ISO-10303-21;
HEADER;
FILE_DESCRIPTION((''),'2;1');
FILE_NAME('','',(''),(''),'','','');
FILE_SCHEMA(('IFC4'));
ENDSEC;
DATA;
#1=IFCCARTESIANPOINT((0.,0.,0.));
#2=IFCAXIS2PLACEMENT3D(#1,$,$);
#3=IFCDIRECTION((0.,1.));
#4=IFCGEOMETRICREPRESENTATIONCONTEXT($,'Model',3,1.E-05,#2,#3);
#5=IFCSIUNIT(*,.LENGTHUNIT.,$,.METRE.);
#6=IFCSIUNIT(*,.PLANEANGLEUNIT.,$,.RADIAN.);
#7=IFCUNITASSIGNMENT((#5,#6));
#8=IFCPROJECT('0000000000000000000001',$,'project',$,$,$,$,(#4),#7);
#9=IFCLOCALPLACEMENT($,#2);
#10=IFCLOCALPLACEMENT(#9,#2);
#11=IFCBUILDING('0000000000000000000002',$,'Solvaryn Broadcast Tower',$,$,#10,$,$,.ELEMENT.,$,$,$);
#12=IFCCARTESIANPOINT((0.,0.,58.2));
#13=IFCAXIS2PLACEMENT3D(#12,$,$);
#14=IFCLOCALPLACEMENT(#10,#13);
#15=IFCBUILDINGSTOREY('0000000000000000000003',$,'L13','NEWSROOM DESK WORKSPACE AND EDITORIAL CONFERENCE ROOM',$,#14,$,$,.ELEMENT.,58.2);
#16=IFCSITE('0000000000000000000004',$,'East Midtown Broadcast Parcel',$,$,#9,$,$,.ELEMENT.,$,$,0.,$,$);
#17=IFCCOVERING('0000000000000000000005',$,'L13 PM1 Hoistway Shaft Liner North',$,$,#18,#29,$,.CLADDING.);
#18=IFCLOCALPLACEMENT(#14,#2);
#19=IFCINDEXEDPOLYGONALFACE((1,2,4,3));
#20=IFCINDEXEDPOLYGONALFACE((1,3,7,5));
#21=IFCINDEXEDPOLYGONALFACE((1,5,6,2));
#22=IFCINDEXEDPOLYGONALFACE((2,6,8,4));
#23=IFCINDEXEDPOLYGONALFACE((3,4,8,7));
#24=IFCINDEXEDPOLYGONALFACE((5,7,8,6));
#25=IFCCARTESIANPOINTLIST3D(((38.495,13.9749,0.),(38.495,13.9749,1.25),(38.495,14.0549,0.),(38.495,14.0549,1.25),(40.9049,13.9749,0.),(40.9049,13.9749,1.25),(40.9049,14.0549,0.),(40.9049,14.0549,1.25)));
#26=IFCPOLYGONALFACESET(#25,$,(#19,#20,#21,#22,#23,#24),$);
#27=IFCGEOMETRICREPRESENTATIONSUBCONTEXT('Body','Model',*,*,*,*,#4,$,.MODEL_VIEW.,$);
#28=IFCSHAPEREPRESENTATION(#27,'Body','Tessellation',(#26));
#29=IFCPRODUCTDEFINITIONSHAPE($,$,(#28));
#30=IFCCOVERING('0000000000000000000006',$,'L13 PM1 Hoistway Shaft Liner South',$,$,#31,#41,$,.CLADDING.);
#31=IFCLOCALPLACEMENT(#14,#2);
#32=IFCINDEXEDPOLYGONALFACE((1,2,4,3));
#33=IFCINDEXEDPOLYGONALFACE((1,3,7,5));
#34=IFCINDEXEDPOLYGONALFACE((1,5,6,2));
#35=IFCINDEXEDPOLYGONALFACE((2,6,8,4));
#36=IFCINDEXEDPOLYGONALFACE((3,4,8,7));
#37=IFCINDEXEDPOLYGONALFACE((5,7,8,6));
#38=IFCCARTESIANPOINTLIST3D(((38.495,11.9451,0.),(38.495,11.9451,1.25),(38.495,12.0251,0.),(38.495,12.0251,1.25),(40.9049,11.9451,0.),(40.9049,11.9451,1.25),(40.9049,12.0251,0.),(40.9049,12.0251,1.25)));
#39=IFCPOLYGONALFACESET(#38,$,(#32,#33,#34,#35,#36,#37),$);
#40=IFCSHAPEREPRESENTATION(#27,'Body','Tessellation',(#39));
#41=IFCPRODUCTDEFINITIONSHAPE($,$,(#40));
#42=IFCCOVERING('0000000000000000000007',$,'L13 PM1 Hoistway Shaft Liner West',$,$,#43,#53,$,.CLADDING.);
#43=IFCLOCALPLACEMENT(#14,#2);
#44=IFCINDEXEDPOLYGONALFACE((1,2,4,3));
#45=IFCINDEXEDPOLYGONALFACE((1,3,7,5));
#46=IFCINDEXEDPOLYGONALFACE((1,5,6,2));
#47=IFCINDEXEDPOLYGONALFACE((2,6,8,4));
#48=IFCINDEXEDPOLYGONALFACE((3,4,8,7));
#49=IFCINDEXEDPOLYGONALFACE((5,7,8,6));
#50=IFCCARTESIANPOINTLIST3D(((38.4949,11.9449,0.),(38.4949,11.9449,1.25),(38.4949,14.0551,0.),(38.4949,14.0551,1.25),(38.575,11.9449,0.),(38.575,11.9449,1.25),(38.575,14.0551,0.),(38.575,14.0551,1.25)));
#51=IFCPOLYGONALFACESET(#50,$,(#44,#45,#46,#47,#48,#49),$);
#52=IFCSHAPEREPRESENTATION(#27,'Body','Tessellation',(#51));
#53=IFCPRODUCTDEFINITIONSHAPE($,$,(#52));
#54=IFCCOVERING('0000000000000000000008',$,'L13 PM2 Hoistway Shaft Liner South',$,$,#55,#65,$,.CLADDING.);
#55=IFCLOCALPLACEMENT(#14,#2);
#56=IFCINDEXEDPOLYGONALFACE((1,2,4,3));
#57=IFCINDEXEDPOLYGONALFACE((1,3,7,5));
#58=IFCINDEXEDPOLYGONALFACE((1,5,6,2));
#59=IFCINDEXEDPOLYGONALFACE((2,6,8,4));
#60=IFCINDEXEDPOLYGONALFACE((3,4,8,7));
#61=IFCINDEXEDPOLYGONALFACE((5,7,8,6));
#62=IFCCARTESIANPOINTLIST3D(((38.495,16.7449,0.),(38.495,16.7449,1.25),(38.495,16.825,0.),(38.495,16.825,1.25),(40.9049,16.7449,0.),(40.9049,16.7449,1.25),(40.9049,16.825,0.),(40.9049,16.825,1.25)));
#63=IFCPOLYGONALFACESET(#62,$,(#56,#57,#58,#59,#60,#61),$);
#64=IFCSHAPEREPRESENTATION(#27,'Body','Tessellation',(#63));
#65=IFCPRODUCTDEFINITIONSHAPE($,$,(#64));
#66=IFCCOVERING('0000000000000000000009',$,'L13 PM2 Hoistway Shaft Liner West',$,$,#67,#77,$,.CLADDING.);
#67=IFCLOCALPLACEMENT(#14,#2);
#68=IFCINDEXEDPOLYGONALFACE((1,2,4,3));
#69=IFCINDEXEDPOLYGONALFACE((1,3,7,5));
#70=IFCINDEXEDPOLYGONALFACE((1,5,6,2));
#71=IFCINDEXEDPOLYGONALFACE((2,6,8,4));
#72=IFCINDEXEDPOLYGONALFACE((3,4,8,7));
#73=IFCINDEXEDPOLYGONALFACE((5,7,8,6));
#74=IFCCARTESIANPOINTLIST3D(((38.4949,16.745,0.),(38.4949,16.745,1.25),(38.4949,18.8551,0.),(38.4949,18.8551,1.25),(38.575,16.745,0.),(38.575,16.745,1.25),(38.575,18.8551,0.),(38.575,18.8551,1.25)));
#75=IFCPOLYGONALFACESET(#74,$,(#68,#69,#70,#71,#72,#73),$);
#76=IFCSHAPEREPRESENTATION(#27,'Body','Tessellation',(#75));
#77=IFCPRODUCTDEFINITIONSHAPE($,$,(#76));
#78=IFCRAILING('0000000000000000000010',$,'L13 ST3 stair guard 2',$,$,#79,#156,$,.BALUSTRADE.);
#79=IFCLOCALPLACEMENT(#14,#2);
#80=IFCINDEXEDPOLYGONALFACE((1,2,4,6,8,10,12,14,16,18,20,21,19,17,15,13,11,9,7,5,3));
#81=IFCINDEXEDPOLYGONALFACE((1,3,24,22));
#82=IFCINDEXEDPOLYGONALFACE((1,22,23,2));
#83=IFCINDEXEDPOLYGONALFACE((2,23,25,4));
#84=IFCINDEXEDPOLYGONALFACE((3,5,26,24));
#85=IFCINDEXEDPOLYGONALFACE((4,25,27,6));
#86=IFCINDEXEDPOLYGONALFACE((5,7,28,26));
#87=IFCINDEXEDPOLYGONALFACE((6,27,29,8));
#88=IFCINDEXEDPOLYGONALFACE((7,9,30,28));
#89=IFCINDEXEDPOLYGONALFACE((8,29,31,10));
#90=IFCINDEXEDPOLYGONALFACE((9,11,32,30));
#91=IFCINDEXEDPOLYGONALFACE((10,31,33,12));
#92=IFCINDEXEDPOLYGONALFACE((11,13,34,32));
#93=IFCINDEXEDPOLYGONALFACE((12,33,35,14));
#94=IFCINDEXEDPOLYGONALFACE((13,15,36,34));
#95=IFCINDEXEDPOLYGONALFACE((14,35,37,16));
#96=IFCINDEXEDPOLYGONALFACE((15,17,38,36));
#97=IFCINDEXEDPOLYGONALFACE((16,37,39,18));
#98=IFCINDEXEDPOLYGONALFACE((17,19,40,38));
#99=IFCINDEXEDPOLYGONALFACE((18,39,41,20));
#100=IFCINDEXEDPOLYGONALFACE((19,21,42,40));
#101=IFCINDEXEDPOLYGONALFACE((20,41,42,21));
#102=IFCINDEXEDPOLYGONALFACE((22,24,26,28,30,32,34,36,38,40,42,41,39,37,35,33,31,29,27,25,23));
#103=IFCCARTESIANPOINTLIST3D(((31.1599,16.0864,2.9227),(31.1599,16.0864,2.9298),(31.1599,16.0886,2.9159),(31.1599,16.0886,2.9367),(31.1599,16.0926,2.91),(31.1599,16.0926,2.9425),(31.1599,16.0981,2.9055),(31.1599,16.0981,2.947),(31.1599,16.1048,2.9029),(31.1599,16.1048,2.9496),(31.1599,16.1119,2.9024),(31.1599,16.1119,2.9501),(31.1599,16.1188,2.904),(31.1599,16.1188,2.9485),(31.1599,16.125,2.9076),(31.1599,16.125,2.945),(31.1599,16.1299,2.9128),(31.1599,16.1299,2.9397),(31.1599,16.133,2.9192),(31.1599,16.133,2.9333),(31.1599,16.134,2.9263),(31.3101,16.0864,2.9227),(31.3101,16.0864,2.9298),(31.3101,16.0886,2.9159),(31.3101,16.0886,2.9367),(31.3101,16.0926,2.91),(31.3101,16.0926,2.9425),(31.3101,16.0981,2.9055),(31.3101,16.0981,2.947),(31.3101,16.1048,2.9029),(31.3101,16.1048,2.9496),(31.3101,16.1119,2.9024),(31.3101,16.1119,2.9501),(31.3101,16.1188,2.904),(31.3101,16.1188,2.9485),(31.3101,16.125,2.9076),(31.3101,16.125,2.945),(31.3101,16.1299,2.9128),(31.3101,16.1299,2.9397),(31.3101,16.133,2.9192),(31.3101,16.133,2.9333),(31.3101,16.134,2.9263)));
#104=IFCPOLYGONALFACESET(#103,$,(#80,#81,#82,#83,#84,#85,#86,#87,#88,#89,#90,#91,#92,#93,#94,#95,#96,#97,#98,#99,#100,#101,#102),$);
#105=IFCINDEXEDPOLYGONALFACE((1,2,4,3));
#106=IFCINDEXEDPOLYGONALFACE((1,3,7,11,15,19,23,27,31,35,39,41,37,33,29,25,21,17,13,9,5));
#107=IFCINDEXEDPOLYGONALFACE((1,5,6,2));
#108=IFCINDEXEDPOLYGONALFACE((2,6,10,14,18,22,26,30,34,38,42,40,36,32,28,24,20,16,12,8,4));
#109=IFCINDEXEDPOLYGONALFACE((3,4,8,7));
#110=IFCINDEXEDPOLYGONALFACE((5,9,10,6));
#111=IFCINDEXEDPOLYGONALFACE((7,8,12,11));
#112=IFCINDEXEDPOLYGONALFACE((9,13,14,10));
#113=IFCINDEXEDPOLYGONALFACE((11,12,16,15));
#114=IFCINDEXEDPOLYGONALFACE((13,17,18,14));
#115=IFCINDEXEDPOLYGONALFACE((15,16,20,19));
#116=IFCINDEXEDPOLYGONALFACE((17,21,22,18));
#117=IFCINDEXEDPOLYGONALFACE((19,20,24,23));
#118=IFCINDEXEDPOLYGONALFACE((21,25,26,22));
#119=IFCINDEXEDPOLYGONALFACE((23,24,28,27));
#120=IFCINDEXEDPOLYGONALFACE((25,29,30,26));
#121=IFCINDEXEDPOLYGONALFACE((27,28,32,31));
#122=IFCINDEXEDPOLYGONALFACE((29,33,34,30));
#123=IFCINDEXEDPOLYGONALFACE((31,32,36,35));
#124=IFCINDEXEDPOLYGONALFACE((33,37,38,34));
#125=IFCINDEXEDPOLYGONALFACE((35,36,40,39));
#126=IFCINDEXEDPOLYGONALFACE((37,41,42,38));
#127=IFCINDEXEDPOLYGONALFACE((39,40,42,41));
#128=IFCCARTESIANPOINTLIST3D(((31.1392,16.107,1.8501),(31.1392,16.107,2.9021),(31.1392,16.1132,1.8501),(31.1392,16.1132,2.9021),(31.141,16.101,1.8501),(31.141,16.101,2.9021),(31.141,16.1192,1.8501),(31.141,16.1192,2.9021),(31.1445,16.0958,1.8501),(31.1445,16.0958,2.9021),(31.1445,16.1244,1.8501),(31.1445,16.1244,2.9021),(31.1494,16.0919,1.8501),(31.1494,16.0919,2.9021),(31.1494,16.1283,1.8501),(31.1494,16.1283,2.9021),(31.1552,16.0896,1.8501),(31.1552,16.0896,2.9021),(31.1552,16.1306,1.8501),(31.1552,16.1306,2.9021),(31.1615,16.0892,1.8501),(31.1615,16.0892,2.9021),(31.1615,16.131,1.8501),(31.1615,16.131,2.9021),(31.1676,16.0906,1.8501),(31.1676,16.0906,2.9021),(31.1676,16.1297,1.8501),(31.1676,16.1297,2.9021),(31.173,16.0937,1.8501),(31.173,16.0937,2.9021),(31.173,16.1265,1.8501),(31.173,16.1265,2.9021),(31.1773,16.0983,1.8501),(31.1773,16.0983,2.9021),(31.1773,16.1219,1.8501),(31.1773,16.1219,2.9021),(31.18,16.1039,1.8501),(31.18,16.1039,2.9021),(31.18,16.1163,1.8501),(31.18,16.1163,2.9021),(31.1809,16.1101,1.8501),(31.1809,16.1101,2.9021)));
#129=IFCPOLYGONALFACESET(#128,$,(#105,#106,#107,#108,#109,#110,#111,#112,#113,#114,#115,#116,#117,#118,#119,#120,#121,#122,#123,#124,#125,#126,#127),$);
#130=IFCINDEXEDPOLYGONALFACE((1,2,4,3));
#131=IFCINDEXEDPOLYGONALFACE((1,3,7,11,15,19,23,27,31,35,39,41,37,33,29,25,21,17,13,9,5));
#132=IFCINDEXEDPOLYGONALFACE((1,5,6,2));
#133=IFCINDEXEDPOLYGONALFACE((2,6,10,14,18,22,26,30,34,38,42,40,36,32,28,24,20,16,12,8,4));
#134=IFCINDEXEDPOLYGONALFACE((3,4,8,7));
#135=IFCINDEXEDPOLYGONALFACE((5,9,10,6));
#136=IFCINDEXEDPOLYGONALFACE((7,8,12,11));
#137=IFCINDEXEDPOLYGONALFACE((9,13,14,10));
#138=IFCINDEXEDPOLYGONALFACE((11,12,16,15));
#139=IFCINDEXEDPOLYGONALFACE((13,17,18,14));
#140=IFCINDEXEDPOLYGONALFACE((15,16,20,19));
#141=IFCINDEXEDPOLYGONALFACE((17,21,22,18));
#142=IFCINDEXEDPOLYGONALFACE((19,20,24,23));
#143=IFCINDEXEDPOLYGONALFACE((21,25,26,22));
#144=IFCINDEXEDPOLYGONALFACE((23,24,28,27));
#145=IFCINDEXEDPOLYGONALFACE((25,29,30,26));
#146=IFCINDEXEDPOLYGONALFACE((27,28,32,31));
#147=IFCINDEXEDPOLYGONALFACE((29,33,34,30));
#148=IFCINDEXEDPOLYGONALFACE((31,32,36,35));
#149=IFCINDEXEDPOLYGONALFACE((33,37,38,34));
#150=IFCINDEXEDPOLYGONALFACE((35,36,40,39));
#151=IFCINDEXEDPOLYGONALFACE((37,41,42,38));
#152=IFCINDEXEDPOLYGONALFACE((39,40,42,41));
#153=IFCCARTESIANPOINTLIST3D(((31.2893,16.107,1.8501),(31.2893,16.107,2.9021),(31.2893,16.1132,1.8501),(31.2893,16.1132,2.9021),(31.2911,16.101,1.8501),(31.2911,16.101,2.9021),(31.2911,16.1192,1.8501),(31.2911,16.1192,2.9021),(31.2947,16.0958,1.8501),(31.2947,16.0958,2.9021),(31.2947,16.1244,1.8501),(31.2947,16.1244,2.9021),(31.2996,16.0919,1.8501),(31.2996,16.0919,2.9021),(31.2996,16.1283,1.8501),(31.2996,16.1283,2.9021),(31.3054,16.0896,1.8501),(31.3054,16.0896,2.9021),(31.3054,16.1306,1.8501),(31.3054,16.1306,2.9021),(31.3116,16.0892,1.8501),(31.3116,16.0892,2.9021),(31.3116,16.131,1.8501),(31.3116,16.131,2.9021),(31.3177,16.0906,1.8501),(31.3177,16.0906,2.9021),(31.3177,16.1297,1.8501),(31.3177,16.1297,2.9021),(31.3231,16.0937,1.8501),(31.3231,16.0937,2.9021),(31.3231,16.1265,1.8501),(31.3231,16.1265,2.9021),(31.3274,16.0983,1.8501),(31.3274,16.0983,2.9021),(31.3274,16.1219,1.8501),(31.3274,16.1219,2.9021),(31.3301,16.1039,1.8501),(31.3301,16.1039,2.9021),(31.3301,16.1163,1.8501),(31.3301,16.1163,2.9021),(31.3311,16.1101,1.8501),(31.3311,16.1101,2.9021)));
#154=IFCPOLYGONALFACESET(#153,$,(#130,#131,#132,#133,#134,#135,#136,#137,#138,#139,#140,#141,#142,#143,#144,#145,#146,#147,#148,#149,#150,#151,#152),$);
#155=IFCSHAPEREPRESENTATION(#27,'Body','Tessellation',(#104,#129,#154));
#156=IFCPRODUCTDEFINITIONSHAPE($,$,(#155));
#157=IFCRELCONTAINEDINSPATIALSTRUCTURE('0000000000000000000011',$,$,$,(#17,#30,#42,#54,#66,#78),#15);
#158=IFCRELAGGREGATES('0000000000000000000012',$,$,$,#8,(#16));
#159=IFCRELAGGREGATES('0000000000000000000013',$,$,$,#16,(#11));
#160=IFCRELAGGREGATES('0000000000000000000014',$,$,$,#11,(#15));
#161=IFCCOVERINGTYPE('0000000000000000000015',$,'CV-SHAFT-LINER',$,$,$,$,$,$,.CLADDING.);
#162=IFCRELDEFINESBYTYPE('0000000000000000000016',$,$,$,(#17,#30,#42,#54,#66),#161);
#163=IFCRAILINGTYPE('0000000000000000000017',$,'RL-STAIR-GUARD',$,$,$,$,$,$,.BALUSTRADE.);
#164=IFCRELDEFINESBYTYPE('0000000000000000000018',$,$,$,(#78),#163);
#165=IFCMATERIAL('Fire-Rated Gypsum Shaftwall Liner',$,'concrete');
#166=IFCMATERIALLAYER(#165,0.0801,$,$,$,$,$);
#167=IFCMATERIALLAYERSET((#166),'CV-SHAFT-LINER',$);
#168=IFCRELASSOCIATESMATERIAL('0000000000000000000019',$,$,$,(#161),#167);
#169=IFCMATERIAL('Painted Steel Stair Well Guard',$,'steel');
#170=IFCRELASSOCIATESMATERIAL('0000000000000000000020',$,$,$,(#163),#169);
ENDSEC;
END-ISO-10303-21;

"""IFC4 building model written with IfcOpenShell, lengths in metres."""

from ifc_helpers import new_model, si_unit, direction, frame, origin, origin_2d, place, context, subcontext, project, spatial, rectangle, circle, extrude, material, layer, layer_set, type_object, element, save


model = new_model("IFC4")

# Units and contexts
model_context = context("Model", 3, precision=1e-05, world=origin(), true_north=direction((0.0, 1.0)))
body_context = subcontext(model_context, "Body", "Model", "MODEL_VIEW")
ifc_project = project(units=[si_unit("LENGTHUNIT", "METRE"), si_unit("PLANEANGLEUNIT", "RADIAN")], contexts=[model_context])

# Site, building, storey
site_placement = place(None, origin())
site = spatial("IfcSite", under=ifc_project, at=site_placement, Name="East Midtown Broadcast Parcel", CompositionType="ELEMENT", RefElevation=0.0)
building_placement = place(site_placement, origin())
building = spatial("IfcBuilding", under=site, at=building_placement, Name="Solvaryn Broadcast Tower", CompositionType="ELEMENT")
storey_placement = place(building_placement, frame((0.0, 0.0, 58.2)))
storey = spatial("IfcBuildingStorey", under=building, at=storey_placement, Name="L13", Description="NEWSROOM DESK WORKSPACE AND EDITORIAL CONFERENCE ROOM", CompositionType="ELEMENT", Elevation=58.2)

# Coverings
ifc_material_1 = material(Name="Fire-Rated Gypsum Shaftwall Liner", Category="concrete")
ifc_layer_1 = layer(ifc_material_1, 0.0801)
ifc_layer_set_1 = layer_set([ifc_layer_1], Name="CV-SHAFT-LINER")
covering_type = type_object("IfcCoveringType", Name="CV-SHAFT-LINER", PredefinedType="CLADDING", material=ifc_layer_set_1)
for number, where, z_axis, x_axis, name in (
    (1, (39.7, 14.0149, 0.0), (0.0, 0.0, 1.0), (1.0, 0.0, 0.0), "L13 PM1 Hoistway Shaft Liner North"),
    (2, (39.7, 11.9851, 0.0), (0.0, 0.0, 1.0), (1.0, 0.0, 0.0), "L13 PM1 Hoistway Shaft Liner South"),
):
    element("IfcCovering", number, at=place(storey_placement, frame(where, z_axis=z_axis, x_axis=x_axis)), inside=storey, type_object=covering_type, Name=name, PredefinedType="CLADDING", context=body_context, shape_type="SweptSolid", body=[
        extrude(rectangle(XDim=2.4099, YDim=0.0801, at=origin_2d()), origin(), (0.0, 0.0, 1.0), 1.25),
    ])
covering_1_placement = place(storey_placement, frame((38.5349, 13.0, 0.0), z_axis=(0.0, 0.0, 1.0), x_axis=(1.0, 0.0, 0.0)))
element("IfcCovering", 3, at=covering_1_placement, inside=storey, type_object=covering_type, Name="L13 PM1 Hoistway Shaft Liner West", PredefinedType="CLADDING", context=body_context, shape_type="SweptSolid", body=[
    extrude(rectangle(XDim=0.0801, YDim=2.1101, at=origin_2d()), origin(), (0.0, 0.0, 1.0), 1.25),
])
covering_2_placement = place(storey_placement, frame((39.7, 16.7849, 0.0), z_axis=(0.0, 0.0, 1.0), x_axis=(1.0, 0.0, 0.0)))
element("IfcCovering", 4, at=covering_2_placement, inside=storey, type_object=covering_type, Name="L13 PM2 Hoistway Shaft Liner South", PredefinedType="CLADDING", context=body_context, shape_type="SweptSolid", body=[
    extrude(rectangle(XDim=2.4099, YDim=0.0801, at=origin_2d()), origin(), (0.0, 0.0, 1.0), 1.25),
])
covering_3_placement = place(storey_placement, frame((38.5349, 17.8, 0.0), z_axis=(0.0, 0.0, 1.0), x_axis=(1.0, 0.0, 0.0)))
element("IfcCovering", 5, at=covering_3_placement, inside=storey, type_object=covering_type, Name="L13 PM2 Hoistway Shaft Liner West", PredefinedType="CLADDING", context=body_context, shape_type="SweptSolid", body=[
    extrude(rectangle(XDim=0.0801, YDim=2.1101, at=origin_2d()), origin(), (0.0, 0.0, 1.0), 1.25),
])

# Railing
ifc_material_2 = material(Name="Painted Steel Stair Well Guard", Category="steel")
railing_type_1 = type_object("IfcRailingType", Name="RL-STAIR-GUARD", PredefinedType="BALUSTRADE", material=ifc_material_2)
railing_1_placement = place(storey_placement, frame((31.1599, 16.1101, 1.8501)))
element("IfcRailing", 6, at=railing_1_placement, inside=storey, type_object=railing_type_1, Name="L13 ST3 stair guard 2", PredefinedType="BALUSTRADE", context=body_context, shape_type="SweptSolid", body=[
    extrude(circle(Radius=0.0239, at=origin_2d()), frame((0.0, 0.0, 1.0762), z_axis=(1.0, 0.0, 0.0), x_axis=(0.0, 1.0, 0.0)), (0.0, 0.0, 1.0), 0.1501),
    extrude(circle(Radius=0.021, at=origin_2d()), origin(), (0.0, 0.0, 1.0), 1.052),
    extrude(circle(Radius=0.021, at=origin_2d()), frame((0.1501, 0.0, 0.0)), (0.0, 0.0, 1.0), 1.052),
])

save(model, "model.ifc")
